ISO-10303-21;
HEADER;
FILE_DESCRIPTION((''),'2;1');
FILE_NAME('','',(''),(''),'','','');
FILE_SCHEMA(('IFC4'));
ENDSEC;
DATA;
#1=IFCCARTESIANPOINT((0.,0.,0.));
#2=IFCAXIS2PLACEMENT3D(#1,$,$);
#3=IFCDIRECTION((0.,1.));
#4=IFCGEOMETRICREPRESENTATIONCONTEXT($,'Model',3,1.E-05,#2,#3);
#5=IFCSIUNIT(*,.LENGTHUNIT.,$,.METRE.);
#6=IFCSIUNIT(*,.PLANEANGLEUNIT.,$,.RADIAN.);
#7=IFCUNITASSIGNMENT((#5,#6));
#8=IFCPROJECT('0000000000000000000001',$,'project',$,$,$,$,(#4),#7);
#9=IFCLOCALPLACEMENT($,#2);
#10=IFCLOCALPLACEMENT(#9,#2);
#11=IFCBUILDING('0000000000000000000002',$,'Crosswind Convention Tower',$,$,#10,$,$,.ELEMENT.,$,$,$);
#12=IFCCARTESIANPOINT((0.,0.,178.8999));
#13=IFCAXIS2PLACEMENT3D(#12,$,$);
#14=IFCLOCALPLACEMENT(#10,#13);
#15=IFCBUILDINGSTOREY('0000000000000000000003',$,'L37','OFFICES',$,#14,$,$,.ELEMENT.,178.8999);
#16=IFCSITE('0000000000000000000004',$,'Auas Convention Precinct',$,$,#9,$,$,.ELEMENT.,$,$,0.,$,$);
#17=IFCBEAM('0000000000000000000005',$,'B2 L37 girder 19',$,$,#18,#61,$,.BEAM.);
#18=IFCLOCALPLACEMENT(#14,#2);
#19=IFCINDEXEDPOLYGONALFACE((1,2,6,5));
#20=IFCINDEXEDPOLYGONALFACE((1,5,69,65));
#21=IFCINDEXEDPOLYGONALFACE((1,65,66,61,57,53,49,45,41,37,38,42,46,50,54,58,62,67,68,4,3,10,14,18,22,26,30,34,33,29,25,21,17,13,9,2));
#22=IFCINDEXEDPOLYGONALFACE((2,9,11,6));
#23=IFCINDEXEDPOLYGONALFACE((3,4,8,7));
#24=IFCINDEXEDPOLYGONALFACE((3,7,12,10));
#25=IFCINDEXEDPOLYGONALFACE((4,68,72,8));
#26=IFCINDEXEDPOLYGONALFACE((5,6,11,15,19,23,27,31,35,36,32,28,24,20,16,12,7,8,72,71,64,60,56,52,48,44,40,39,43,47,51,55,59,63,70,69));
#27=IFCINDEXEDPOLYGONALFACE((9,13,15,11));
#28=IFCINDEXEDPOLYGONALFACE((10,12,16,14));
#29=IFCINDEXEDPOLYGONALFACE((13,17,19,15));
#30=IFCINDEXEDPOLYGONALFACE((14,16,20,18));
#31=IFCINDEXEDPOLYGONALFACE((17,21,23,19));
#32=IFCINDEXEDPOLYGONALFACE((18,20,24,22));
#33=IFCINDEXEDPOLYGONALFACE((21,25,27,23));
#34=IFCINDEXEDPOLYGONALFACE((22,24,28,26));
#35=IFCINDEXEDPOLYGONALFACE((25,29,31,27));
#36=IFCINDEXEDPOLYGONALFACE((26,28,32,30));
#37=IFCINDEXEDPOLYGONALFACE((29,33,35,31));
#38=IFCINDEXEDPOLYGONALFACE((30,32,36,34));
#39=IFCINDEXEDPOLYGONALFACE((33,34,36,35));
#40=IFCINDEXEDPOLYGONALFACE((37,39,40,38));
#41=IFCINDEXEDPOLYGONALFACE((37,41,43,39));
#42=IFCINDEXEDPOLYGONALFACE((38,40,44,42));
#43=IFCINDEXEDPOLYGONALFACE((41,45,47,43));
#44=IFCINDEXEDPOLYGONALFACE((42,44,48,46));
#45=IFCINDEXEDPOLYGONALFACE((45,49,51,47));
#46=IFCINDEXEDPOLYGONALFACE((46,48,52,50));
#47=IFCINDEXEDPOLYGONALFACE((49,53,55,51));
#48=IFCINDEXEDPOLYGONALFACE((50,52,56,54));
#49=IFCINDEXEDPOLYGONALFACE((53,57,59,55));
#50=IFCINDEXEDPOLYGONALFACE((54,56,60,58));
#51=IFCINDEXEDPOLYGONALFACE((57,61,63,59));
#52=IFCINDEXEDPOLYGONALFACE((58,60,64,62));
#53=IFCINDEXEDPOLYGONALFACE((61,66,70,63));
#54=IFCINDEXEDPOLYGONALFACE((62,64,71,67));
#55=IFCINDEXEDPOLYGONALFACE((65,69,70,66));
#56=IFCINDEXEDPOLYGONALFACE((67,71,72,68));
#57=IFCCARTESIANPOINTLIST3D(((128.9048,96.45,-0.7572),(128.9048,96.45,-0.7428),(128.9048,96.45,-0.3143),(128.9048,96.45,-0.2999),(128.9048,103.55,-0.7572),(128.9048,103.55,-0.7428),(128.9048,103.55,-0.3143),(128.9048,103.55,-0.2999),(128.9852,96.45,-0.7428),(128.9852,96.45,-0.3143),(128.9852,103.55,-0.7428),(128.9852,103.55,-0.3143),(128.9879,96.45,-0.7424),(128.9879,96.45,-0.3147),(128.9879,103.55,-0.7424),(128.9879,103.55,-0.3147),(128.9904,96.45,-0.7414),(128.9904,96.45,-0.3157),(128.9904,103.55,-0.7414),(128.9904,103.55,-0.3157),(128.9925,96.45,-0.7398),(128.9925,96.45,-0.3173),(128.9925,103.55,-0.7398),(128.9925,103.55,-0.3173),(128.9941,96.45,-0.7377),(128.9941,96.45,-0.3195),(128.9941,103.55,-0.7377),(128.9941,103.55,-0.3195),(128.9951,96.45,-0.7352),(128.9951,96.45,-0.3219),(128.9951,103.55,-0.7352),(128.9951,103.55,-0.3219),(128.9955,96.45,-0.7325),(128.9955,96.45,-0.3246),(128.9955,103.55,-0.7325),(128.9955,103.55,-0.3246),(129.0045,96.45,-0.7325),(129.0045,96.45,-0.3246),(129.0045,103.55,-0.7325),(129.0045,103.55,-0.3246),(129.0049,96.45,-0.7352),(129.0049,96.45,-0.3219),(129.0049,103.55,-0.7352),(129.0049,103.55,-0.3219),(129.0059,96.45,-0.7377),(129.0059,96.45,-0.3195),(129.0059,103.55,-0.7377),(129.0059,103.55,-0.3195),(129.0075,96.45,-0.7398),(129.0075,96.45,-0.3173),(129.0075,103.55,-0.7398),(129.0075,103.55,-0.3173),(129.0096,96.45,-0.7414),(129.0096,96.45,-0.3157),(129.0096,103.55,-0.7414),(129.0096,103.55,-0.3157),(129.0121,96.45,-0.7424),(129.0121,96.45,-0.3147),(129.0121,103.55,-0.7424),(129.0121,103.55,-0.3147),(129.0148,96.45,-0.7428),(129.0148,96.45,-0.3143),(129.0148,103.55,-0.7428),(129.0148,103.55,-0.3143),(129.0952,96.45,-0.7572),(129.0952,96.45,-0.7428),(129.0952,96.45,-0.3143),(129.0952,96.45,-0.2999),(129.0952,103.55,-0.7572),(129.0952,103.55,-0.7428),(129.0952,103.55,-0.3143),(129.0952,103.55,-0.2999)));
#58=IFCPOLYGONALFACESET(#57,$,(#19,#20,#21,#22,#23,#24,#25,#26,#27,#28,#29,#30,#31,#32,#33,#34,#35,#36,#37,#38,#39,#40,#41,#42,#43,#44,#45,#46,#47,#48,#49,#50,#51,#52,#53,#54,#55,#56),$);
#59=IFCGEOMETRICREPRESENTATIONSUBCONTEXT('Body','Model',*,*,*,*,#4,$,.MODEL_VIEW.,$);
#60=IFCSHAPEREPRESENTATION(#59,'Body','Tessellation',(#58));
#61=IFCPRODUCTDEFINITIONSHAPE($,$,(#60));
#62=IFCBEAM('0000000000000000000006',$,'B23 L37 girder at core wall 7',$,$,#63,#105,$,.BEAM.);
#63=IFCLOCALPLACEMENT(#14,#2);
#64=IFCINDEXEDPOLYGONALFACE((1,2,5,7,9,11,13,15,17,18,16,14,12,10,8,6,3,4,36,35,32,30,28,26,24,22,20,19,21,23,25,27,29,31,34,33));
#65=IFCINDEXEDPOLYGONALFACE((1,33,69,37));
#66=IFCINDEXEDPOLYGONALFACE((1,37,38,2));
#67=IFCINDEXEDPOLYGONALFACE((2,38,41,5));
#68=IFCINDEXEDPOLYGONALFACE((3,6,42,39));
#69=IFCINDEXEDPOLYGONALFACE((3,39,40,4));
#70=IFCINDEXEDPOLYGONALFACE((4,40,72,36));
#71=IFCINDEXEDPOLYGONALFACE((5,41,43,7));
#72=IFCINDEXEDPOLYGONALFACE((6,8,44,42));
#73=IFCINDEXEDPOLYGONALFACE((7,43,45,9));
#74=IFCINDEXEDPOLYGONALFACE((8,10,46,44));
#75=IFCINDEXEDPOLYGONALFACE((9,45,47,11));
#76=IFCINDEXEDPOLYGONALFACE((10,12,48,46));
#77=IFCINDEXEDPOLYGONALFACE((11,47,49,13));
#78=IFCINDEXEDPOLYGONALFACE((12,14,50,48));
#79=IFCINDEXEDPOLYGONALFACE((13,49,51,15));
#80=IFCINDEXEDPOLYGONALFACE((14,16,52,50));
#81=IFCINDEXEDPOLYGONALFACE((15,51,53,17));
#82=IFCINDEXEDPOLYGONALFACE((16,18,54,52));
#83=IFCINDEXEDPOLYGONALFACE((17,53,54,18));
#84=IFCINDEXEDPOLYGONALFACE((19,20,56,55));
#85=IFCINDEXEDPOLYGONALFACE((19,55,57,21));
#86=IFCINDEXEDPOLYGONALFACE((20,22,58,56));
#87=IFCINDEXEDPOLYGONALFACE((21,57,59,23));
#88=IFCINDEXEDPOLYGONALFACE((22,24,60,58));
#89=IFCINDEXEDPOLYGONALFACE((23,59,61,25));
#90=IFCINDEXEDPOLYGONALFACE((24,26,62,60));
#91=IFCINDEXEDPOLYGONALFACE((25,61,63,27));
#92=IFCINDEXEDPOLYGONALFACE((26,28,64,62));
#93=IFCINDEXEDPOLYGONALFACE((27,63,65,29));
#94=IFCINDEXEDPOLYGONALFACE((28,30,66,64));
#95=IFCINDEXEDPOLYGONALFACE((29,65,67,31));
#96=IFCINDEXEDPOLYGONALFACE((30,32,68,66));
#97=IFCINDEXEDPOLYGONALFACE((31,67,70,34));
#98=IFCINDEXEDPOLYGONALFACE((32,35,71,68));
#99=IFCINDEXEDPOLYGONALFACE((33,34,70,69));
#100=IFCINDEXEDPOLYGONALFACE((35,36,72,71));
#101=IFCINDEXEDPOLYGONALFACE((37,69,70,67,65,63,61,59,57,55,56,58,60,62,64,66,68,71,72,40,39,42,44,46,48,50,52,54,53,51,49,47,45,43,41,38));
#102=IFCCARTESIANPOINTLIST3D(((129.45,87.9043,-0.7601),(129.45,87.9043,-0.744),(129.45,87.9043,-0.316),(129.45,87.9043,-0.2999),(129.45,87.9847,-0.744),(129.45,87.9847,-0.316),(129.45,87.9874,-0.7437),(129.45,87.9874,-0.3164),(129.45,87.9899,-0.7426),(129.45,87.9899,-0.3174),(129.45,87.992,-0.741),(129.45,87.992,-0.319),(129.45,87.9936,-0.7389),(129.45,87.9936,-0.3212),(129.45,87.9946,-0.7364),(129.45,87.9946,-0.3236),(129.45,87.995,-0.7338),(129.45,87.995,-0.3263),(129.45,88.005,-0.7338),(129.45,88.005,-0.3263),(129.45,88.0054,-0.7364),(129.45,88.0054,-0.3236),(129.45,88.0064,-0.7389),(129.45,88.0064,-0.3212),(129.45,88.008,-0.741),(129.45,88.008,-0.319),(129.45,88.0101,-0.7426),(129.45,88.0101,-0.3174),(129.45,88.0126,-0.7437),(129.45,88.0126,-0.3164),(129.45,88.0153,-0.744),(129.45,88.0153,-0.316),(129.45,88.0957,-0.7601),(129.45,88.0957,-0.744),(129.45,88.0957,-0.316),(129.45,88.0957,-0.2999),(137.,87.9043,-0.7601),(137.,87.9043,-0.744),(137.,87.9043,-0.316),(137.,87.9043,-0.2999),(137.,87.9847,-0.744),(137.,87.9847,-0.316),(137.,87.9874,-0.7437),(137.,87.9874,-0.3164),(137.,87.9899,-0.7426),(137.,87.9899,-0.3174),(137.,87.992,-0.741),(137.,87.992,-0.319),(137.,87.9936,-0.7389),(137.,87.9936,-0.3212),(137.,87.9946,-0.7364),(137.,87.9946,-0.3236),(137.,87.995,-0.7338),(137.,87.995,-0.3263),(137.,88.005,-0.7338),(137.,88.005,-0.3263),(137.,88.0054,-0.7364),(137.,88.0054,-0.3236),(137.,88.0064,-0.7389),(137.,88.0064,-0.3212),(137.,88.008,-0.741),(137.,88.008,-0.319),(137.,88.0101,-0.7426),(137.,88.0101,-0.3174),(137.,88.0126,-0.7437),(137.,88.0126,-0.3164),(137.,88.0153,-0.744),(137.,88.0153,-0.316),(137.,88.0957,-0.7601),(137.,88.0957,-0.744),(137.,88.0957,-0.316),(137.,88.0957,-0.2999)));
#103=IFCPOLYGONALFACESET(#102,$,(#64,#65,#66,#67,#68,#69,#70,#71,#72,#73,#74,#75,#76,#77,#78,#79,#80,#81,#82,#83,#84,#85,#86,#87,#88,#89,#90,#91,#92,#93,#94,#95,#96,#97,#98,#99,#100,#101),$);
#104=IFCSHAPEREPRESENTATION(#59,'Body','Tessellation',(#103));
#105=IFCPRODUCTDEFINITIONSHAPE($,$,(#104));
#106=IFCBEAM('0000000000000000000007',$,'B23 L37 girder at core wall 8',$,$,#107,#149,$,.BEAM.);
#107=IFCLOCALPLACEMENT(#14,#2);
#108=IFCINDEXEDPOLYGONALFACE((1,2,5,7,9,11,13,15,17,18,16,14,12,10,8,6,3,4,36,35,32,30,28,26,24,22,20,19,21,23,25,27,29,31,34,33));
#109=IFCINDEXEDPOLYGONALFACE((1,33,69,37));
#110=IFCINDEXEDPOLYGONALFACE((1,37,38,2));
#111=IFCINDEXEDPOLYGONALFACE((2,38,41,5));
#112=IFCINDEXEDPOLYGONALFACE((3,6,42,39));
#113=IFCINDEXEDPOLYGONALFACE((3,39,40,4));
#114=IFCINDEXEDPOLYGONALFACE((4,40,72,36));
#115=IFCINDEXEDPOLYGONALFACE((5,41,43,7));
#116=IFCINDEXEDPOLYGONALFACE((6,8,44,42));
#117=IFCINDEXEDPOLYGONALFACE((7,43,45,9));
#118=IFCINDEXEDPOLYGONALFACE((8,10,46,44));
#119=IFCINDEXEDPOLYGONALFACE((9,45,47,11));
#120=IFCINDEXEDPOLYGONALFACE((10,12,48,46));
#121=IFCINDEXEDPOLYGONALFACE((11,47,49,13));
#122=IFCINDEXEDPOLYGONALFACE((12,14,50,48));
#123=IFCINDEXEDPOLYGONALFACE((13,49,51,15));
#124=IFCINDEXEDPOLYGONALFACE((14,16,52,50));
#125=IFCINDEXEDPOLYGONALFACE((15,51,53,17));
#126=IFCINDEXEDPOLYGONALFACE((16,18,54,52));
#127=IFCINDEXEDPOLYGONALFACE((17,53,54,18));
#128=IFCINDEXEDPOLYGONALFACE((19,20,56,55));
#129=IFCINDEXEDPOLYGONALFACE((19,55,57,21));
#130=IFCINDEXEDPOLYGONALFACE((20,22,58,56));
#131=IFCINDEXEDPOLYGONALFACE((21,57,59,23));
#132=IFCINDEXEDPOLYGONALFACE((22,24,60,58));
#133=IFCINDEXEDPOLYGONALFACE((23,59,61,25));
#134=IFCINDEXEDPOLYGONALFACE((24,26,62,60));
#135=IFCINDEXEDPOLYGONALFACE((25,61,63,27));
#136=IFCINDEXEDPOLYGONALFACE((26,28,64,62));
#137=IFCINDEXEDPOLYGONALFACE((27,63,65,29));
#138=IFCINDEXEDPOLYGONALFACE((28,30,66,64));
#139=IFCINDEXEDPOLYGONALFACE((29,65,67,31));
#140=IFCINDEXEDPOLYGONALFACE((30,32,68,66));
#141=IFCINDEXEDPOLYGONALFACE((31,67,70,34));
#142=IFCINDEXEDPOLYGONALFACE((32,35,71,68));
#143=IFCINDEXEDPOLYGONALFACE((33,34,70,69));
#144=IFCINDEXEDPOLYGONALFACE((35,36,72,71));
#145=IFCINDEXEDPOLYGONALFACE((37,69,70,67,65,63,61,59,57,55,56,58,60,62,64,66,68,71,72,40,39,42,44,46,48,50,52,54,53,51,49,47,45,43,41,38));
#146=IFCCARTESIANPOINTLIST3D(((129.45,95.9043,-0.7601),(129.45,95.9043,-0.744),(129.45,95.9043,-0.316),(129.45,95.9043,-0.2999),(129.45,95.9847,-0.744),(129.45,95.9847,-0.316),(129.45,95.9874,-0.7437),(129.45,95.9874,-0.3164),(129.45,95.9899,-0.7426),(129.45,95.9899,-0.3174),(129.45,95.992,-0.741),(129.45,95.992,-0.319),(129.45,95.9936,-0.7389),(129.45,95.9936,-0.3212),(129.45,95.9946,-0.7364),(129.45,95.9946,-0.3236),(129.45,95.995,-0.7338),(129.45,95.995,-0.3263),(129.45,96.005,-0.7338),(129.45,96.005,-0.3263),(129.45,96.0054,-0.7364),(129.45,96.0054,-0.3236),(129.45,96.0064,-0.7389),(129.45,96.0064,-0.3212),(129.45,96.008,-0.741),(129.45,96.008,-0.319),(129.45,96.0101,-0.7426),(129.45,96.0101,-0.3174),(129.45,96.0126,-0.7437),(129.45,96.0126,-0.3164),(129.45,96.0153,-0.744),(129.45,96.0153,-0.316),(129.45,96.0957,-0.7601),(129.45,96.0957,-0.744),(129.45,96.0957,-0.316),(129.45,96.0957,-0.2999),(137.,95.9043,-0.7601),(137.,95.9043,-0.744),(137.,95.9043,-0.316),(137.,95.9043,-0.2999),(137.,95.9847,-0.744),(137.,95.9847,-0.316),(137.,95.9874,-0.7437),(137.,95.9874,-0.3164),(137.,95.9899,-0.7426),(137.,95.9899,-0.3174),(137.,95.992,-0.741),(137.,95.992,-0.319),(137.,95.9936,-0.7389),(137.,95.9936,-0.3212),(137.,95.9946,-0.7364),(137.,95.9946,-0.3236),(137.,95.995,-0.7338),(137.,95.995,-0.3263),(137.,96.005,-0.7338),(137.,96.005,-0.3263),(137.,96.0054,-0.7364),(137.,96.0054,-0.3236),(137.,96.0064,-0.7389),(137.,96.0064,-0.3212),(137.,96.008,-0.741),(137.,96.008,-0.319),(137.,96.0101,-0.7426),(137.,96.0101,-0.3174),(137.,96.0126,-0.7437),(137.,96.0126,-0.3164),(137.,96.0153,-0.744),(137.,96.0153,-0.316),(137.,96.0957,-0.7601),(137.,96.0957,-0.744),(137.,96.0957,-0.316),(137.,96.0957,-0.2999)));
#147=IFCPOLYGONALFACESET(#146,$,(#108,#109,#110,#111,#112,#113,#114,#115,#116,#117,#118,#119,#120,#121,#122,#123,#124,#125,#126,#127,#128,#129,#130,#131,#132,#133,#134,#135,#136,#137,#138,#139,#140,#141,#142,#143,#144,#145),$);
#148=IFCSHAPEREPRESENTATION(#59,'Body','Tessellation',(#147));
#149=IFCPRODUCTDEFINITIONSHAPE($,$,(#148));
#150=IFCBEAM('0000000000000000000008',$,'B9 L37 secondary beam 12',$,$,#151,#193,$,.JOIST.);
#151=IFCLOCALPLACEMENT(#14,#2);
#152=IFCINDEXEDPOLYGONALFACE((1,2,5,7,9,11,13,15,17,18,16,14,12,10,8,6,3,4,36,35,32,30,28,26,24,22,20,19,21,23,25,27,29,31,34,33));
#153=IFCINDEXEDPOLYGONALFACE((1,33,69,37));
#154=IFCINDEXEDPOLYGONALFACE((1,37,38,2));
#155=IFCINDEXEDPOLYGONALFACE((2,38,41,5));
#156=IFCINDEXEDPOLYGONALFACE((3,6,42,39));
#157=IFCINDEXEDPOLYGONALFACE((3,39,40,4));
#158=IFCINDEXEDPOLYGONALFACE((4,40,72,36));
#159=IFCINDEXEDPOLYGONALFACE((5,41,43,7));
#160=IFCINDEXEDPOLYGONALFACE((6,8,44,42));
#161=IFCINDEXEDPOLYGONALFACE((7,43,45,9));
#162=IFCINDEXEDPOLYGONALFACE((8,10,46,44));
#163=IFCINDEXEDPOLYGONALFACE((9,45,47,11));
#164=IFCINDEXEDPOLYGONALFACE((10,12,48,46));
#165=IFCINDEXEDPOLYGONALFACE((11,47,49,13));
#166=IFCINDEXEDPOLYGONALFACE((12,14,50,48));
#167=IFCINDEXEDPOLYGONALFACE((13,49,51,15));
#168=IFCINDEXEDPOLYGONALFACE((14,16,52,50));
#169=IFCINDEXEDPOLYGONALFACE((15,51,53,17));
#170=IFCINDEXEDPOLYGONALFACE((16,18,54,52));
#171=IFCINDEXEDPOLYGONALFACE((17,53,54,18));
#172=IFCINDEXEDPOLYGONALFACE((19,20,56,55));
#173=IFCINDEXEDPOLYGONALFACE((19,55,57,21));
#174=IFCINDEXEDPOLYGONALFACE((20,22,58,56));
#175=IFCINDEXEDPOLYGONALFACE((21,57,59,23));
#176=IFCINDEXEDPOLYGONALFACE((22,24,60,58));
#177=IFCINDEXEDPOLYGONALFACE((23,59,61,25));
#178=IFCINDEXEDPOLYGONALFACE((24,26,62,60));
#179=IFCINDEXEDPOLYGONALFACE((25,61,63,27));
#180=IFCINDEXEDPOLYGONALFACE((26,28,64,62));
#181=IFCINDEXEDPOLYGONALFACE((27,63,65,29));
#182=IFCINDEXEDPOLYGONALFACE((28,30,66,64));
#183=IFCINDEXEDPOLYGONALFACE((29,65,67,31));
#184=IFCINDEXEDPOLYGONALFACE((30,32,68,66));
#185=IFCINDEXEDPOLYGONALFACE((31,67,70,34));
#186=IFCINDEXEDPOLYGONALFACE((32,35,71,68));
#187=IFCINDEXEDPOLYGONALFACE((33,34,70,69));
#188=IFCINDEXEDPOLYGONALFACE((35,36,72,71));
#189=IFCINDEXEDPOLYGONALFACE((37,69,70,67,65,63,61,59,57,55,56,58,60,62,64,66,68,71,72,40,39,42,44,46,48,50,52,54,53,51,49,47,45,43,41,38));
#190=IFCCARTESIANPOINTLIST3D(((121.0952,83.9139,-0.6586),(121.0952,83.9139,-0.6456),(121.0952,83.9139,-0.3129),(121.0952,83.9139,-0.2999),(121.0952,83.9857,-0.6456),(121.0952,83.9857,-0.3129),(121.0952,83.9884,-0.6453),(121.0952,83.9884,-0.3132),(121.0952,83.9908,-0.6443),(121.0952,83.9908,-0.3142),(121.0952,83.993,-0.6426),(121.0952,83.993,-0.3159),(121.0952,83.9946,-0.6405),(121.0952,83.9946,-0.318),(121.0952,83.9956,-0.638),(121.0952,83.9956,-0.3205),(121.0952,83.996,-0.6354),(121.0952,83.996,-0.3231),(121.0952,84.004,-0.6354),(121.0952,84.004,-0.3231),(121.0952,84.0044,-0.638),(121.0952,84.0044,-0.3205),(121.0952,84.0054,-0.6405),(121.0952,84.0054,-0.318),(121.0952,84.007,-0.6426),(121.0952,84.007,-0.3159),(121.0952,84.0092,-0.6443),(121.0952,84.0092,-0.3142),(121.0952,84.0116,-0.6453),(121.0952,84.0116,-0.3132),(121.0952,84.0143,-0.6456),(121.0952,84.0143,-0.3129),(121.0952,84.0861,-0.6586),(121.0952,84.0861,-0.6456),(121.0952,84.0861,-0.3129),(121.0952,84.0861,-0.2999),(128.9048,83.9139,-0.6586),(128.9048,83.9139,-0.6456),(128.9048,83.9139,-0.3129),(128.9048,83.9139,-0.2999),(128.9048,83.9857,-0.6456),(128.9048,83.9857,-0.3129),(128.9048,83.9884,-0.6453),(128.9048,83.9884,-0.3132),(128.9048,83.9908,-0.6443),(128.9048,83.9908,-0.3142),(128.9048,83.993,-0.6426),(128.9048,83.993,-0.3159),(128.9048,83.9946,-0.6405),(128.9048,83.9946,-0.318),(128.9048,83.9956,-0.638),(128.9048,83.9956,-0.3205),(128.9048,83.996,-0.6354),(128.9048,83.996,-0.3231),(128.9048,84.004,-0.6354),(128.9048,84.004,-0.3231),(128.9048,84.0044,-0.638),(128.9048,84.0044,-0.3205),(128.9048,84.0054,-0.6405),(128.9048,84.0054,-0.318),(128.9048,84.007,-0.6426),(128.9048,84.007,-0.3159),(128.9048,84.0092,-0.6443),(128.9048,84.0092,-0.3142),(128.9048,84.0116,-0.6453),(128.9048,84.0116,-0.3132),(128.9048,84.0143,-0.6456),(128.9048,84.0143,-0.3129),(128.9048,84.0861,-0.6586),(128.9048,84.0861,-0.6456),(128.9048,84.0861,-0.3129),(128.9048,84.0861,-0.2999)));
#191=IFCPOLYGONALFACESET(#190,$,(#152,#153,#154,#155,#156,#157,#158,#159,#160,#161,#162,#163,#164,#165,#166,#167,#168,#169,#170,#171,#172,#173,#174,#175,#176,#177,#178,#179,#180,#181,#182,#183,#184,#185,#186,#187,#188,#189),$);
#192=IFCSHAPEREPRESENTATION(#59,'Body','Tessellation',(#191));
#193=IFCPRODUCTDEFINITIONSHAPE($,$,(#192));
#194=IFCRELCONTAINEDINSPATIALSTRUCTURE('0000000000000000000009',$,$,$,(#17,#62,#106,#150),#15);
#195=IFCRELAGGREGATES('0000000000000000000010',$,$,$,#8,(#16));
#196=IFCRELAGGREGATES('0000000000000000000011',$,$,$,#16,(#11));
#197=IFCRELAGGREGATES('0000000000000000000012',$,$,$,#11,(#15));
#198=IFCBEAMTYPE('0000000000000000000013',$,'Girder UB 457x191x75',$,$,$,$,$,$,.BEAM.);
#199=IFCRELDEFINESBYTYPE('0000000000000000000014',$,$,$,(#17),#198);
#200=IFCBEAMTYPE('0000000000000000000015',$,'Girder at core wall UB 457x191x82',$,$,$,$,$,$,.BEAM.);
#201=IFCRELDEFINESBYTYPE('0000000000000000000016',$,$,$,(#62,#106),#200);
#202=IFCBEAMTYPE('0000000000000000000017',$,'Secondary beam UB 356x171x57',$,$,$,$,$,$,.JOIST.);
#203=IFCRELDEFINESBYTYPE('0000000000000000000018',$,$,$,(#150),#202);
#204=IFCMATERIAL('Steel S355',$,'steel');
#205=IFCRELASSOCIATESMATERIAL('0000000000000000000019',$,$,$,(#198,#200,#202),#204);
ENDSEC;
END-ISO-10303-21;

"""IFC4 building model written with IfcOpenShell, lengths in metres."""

from ifc_helpers import new_model, si_unit, direction, frame, origin, origin_2d, place, context, subcontext, project, spatial, i_section, extrude, material, material_profile, profile_set, type_object, element, save


model = new_model("IFC4")

# Units and contexts
model_context = context("Model", 3, precision=1e-05, world=origin(), true_north=direction((0.0, 1.0)))
body_context = subcontext(model_context, "Body", "Model", "MODEL_VIEW")
ifc_project = project(units=[si_unit("LENGTHUNIT", "METRE"), si_unit("PLANEANGLEUNIT", "RADIAN")], contexts=[model_context])

# Site, building, storey
site_placement = place(None, origin())
site = spatial("IfcSite", under=ifc_project, at=site_placement, Name="Auas Convention Precinct", CompositionType="ELEMENT", RefElevation=0.0)
building_placement = place(site_placement, origin())
building = spatial("IfcBuilding", under=site, at=building_placement, Name="Crosswind Convention Tower", CompositionType="ELEMENT")
storey_placement = place(building_placement, frame((0.0, 0.0, 178.8999)))
storey = spatial("IfcBuildingStorey", under=building, at=storey_placement, Name="L37", Description="OFFICES", CompositionType="ELEMENT", Elevation=178.8999)

# Beams
ifc_material_1 = material(Name="Steel S355", Category="steel")
ifc_material_profile_1 = material_profile(ifc_material_1, i_section(OverallWidth=0.1904, OverallDepth=0.4573, WebThickness=0.009, FlangeThickness=0.0144, FilletRadius=0.0103, at=origin_2d()), Name="UB 457x191x75")
ifc_profile_set_1 = profile_set([ifc_material_profile_1], Name="Steel S355")
beam_type_1 = type_object("IfcBeamType", Name="Girder UB 457x191x75", PredefinedType="BEAM", material=ifc_profile_set_1)
for number, where, z_axis, x_axis, name in (
    (1, (129.0, 96.45, -0.5286), (0.0, 1.0, 0.0), (-1.0, 0.0, 0.0), "B2 L37 girder 19"),
):
    element("IfcBeam", number, at=place(storey_placement, frame(where, z_axis=z_axis, x_axis=x_axis)), inside=storey, type_object=beam_type_1, Name=name, PredefinedType="BEAM", context=body_context, shape_type="SweptSolid", body=[
        extrude(i_section(OverallWidth=0.1904, OverallDepth=0.4573, WebThickness=0.009, FlangeThickness=0.0144, FilletRadius=0.0103, at=origin_2d()), origin(), (0.0, 0.0, 1.0), 7.1001),
    ])
ifc_material_profile_2 = material_profile(ifc_material_1, i_section(OverallWidth=0.1914, OverallDepth=0.4602, WebThickness=0.01, FlangeThickness=0.0161, FilletRadius=0.0103, at=origin_2d()), Name="UB 457x191x82")
ifc_profile_set_2 = profile_set([ifc_material_profile_2], Name="Steel S355")
beam_type_2 = type_object("IfcBeamType", Name="Girder at core wall UB 457x191x82", PredefinedType="BEAM", material=ifc_profile_set_2)
for number, where, z_axis, x_axis, name in (
    (2, (129.45, 88.0, -0.53), (1.0, 0.0, 0.0), (0.0, 1.0, 0.0), "B23 L37 girder at core wall 7"),
    (3, (129.45, 96.0, -0.53), (1.0, 0.0, 0.0), (0.0, 1.0, 0.0), "B23 L37 girder at core wall 8"),
):
    element("IfcBeam", number, at=place(storey_placement, frame(where, z_axis=z_axis, x_axis=x_axis)), inside=storey, type_object=beam_type_2, Name=name, PredefinedType="BEAM", context=body_context, shape_type="SweptSolid", body=[
        extrude(i_section(OverallWidth=0.1914, OverallDepth=0.4602, WebThickness=0.01, FlangeThickness=0.0161, FilletRadius=0.0103, at=origin_2d()), origin(), (0.0, 0.0, 1.0), 7.55),
    ])
ifc_material_profile_3 = material_profile(ifc_material_1, i_section(OverallWidth=0.1721, OverallDepth=0.3586, WebThickness=0.0081, FlangeThickness=0.0129, FilletRadius=0.0103, at=origin_2d()), Name="UB 356x171x57")
ifc_profile_set_3 = profile_set([ifc_material_profile_3], Name="Steel S355")
beam_type_3 = type_object("IfcBeamType", Name="Secondary beam UB 356x171x57", PredefinedType="JOIST", material=ifc_profile_set_3)
for number, where, z_axis, x_axis, name in (
    (4, (121.0952, 84.0, -0.4792), (1.0, 0.0, 0.0), (0.0, 1.0, 0.0), "B9 L37 secondary beam 12"),
):
    element("IfcBeam", number, at=place(storey_placement, frame(where, z_axis=z_axis, x_axis=x_axis)), inside=storey, type_object=beam_type_3, Name=name, PredefinedType="JOIST", context=body_context, shape_type="SweptSolid", body=[
        extrude(i_section(OverallWidth=0.1721, OverallDepth=0.3586, WebThickness=0.0081, FlangeThickness=0.0129, FilletRadius=0.0103, at=origin_2d()), origin(), (0.0, 0.0, 1.0), 7.8096),
    ])

save(model, "model.ifc")
